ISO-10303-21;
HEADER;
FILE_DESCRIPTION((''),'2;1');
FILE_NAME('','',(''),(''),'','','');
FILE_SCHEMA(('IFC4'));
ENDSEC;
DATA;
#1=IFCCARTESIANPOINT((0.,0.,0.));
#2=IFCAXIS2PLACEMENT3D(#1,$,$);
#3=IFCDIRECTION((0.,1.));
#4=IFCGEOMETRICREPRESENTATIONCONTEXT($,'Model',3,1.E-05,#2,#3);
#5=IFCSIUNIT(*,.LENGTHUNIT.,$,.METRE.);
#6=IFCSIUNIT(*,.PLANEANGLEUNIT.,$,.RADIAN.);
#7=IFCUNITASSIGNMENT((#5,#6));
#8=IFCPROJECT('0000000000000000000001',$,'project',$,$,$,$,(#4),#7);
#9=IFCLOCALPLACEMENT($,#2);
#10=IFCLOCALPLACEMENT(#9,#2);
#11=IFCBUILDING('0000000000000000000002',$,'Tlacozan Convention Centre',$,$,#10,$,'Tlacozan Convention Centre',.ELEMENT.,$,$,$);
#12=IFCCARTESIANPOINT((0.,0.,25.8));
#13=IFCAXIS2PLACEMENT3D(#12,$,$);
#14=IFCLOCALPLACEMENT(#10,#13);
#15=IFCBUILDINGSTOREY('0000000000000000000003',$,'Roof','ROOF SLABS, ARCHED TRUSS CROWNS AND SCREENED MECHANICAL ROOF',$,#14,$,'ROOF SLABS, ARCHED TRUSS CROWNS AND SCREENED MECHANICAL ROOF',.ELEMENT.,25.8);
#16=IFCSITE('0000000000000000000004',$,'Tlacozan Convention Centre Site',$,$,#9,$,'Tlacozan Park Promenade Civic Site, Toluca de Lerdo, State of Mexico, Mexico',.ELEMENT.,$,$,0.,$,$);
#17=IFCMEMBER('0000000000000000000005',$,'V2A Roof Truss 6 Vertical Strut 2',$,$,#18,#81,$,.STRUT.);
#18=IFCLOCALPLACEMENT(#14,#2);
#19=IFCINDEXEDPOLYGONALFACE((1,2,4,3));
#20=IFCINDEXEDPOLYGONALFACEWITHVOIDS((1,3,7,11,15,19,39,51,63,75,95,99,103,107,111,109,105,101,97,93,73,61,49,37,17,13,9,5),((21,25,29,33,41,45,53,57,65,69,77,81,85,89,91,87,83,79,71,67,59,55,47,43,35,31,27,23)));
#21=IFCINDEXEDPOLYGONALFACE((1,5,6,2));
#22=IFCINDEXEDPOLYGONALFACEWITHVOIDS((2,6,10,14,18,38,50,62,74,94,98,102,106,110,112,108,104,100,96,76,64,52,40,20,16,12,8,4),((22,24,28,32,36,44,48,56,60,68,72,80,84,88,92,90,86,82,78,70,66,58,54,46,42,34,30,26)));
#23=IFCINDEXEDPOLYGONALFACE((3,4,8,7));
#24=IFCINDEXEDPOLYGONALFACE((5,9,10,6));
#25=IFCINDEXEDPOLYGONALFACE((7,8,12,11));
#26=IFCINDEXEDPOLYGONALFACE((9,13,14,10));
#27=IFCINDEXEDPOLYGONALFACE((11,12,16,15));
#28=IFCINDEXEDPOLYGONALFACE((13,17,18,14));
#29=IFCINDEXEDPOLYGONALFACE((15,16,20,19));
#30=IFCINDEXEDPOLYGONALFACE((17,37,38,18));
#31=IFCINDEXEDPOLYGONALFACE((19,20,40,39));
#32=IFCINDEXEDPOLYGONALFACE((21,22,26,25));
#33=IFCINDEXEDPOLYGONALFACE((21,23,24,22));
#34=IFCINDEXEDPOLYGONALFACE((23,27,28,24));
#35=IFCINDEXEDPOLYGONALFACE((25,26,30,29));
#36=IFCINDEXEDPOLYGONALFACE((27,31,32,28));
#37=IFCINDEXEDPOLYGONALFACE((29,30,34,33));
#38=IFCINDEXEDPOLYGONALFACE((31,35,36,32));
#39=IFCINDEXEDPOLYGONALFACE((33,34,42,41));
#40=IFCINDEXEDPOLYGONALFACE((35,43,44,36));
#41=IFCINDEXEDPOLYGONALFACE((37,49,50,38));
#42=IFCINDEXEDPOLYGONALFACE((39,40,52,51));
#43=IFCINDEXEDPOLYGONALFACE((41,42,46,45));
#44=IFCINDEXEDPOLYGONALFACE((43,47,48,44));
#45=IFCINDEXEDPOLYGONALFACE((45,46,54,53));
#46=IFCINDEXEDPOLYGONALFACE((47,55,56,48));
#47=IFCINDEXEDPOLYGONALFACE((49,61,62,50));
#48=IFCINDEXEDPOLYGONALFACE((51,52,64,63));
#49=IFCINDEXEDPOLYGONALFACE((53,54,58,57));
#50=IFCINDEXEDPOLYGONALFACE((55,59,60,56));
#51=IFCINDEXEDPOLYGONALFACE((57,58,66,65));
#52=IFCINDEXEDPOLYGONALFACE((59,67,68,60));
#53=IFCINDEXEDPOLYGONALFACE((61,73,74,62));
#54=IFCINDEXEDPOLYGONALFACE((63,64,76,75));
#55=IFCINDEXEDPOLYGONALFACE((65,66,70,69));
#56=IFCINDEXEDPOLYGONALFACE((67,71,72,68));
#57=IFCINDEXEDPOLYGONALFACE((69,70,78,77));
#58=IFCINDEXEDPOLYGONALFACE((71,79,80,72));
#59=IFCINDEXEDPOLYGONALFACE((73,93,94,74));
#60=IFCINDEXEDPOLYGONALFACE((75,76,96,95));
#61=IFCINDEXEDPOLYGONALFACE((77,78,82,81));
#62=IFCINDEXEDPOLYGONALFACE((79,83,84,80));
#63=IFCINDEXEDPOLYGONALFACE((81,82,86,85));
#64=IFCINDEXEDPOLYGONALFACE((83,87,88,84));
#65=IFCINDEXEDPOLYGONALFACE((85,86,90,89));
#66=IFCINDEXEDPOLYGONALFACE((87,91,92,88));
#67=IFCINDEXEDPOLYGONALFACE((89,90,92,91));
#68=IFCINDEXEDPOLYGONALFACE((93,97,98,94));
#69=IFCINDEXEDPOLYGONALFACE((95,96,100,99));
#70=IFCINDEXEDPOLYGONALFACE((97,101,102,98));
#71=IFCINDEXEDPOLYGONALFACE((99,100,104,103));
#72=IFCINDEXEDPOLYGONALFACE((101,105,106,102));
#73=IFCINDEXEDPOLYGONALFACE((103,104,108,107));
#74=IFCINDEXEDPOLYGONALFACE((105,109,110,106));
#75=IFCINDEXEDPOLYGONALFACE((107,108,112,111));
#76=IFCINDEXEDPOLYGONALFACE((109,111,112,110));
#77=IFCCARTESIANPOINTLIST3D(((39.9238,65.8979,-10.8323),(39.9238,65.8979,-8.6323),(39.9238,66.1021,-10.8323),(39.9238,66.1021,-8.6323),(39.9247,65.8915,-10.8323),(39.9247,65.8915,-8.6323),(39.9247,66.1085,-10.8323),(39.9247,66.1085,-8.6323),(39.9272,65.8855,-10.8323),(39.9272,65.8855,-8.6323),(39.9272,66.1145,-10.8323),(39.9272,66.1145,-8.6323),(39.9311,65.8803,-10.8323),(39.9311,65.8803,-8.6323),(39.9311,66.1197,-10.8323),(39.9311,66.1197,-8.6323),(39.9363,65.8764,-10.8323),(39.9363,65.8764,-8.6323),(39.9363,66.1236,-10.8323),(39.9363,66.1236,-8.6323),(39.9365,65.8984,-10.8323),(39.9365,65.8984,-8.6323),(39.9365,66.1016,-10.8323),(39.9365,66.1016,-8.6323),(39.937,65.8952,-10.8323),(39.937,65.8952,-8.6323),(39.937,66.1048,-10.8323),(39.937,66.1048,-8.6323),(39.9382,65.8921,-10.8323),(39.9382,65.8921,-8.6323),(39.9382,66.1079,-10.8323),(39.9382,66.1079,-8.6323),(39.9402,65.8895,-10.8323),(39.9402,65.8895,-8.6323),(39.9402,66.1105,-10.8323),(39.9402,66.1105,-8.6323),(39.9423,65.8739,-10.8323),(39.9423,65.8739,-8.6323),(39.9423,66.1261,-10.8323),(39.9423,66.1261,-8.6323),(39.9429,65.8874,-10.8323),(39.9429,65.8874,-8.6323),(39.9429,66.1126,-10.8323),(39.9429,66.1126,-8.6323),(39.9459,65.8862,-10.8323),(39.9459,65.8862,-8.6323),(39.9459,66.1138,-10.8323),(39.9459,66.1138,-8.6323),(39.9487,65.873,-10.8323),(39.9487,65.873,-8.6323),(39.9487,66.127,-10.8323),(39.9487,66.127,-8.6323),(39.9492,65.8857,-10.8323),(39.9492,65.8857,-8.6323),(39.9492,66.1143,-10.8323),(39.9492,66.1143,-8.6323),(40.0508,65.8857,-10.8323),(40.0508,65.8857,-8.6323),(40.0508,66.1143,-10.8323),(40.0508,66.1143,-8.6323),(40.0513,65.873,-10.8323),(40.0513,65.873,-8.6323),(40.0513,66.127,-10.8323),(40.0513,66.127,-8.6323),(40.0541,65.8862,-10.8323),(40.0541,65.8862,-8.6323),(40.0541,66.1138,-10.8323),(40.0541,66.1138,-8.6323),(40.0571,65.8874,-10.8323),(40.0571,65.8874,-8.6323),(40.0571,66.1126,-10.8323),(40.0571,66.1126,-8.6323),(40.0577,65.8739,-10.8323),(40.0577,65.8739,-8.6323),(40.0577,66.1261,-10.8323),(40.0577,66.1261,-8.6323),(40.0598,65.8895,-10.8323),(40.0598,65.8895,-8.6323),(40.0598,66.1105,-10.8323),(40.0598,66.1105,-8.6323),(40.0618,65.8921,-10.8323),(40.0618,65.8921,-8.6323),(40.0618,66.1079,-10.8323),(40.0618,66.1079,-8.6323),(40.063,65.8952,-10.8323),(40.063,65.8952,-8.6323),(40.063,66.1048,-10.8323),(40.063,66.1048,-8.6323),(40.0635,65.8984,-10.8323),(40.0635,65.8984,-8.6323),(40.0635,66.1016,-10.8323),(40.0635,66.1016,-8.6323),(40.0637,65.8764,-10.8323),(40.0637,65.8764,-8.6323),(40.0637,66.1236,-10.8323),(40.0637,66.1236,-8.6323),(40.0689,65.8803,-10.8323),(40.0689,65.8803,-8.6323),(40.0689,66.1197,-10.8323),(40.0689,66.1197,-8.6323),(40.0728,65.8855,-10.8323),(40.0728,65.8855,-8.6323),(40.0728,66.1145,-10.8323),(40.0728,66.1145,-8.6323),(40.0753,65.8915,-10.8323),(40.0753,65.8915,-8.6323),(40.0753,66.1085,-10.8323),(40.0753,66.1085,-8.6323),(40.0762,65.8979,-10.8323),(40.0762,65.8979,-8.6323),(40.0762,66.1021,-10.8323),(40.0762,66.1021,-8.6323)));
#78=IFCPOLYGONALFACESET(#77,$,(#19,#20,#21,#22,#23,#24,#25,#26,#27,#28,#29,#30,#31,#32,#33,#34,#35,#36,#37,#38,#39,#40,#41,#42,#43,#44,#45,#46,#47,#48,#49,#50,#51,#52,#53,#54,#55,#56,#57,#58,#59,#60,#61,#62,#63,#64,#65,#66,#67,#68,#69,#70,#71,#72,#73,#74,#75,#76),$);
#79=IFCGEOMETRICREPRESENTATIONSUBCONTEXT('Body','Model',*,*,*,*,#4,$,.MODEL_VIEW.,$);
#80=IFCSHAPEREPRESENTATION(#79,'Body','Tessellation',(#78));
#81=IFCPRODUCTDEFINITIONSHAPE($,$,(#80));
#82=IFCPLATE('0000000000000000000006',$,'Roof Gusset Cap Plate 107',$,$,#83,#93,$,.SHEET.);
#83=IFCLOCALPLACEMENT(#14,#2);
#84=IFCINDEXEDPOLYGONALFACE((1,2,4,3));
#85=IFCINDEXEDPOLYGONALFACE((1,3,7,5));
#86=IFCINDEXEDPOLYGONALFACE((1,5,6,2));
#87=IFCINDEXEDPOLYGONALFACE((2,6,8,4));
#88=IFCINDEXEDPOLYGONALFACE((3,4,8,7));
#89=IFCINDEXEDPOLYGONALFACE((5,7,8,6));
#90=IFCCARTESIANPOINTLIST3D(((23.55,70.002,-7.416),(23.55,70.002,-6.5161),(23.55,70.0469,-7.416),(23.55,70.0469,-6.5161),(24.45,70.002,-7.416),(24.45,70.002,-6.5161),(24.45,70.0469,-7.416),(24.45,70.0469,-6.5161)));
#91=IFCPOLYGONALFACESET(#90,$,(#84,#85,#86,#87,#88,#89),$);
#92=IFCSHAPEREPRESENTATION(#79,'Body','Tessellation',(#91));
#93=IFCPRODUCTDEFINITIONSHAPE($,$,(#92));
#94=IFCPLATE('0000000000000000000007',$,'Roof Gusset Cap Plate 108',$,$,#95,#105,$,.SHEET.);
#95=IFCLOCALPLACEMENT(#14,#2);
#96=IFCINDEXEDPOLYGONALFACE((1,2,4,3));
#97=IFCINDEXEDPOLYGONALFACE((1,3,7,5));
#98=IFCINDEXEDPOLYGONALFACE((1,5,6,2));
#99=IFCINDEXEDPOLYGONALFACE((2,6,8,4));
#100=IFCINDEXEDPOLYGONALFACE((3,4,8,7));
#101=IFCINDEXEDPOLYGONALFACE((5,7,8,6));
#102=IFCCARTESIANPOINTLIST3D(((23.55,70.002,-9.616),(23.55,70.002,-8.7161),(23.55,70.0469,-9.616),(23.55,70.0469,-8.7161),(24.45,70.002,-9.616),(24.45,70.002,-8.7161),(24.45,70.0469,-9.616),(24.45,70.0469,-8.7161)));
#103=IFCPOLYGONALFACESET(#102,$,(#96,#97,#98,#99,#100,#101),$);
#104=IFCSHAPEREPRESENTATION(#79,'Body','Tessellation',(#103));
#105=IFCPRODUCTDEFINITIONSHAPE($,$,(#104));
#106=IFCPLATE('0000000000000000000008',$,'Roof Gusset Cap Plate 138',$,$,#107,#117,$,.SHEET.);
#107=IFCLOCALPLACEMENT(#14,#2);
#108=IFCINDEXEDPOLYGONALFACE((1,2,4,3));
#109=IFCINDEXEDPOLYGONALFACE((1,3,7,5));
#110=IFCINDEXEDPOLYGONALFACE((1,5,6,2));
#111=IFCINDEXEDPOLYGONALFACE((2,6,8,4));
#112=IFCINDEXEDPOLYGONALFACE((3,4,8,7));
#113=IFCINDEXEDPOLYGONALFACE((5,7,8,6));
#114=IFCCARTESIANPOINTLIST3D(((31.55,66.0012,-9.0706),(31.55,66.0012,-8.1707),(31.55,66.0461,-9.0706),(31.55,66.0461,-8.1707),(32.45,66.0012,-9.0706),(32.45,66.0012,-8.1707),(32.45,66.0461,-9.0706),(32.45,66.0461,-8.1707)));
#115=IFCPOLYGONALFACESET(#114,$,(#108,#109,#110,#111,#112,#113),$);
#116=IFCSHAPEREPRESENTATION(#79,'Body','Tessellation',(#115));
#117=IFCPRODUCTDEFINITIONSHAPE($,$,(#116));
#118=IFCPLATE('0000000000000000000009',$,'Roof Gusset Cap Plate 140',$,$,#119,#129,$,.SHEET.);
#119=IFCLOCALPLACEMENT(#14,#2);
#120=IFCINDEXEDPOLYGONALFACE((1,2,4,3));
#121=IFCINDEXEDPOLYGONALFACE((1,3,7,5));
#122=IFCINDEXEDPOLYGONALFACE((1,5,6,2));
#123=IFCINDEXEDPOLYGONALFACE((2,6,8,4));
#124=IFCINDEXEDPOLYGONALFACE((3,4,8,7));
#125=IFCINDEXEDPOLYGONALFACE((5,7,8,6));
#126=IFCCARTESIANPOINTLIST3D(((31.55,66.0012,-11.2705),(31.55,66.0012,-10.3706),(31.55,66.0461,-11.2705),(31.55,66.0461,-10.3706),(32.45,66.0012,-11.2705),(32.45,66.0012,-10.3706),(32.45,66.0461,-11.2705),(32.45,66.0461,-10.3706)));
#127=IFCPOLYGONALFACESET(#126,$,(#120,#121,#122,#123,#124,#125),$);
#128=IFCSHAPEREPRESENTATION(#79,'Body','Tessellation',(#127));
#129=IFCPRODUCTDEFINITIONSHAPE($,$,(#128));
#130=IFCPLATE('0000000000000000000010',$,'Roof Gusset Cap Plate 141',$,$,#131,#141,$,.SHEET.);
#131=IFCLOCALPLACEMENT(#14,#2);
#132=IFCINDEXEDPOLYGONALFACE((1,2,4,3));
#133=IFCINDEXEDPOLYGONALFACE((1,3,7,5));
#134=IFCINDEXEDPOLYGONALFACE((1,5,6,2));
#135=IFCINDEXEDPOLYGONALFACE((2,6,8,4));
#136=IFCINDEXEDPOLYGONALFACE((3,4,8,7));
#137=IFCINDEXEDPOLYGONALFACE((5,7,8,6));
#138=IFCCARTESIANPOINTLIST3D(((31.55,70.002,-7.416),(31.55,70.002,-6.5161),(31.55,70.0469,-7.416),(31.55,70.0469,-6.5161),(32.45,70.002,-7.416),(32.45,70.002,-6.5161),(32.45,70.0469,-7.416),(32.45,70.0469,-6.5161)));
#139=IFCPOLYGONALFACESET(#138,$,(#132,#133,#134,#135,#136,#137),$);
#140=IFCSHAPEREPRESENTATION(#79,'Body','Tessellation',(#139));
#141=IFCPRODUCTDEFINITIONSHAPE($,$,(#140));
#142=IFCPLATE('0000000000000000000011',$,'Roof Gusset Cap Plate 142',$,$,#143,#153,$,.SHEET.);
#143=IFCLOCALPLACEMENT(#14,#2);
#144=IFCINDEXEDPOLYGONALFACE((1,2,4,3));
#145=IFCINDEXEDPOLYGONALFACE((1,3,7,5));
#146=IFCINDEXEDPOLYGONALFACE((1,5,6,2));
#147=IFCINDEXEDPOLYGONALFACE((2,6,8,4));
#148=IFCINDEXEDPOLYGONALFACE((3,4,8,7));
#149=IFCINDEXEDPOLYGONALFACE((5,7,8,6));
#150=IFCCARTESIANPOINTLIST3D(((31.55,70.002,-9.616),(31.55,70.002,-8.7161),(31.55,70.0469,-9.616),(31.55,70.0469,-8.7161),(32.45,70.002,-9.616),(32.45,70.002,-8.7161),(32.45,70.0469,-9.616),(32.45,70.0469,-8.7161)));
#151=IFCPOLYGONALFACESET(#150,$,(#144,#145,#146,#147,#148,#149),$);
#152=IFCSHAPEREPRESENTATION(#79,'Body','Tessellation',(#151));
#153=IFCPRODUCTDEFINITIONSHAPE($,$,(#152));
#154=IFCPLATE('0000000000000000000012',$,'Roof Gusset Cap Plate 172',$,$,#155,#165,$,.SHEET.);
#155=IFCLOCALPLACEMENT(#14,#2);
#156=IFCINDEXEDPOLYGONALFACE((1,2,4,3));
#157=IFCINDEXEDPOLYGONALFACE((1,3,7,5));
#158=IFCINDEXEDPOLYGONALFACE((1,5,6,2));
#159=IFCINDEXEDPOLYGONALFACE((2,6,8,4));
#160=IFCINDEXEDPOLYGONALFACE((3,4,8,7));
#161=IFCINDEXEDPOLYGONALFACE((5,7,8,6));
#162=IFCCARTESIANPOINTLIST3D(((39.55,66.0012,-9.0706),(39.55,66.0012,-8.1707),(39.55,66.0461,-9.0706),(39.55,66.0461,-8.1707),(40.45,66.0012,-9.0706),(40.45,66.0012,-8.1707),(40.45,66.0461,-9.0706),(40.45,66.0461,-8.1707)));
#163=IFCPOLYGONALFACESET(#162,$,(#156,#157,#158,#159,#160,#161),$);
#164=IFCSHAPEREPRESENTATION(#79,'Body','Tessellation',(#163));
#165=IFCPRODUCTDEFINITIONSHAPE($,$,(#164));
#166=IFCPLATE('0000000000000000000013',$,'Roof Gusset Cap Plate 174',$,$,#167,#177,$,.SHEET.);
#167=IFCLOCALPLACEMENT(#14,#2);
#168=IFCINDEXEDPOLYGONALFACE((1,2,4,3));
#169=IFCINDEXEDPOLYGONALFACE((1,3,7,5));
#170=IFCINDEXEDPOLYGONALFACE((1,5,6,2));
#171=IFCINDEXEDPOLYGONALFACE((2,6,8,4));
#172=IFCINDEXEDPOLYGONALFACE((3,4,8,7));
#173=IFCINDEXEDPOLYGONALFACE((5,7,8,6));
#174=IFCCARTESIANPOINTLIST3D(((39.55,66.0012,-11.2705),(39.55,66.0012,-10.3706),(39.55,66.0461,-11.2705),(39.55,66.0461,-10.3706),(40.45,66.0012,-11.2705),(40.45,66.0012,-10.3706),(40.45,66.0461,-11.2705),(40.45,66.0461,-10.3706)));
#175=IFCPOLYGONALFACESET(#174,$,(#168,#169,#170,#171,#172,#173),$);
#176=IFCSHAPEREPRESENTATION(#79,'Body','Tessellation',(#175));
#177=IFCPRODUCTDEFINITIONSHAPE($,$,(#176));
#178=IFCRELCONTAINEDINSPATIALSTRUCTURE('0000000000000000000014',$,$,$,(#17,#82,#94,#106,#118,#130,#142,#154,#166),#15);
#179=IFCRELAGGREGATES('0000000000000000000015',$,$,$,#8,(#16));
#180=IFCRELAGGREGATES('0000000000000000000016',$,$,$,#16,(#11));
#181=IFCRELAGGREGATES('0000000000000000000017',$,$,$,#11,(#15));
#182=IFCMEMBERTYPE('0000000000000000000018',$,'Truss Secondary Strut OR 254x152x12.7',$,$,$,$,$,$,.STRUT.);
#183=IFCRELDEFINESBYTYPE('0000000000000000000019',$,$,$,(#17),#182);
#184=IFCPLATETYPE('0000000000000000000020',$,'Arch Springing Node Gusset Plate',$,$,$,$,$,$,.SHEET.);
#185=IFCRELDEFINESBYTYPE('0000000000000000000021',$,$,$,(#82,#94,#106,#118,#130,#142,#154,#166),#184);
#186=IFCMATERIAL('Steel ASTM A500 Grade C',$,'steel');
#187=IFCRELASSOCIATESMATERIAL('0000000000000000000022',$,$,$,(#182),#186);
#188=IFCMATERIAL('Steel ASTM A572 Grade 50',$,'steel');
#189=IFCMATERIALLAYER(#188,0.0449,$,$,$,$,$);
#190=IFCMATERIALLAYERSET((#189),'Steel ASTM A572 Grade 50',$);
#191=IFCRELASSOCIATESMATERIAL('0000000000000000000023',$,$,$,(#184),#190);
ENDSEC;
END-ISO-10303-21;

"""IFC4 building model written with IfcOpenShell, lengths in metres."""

from ifc_helpers import new_model, si_unit, direction, frame, origin, origin_2d, place, context, subcontext, project, spatial, rectangle, hollow_rectangle, extrude, material, layer, layer_set, material_profile, profile_set, type_object, element, save


model = new_model("IFC4")

# Units and contexts
model_context = context("Model", 3, precision=1e-05, world=origin(), true_north=direction((0.0, 1.0)))
body_context = subcontext(model_context, "Body", "Model", "MODEL_VIEW")
ifc_project = project(units=[si_unit("LENGTHUNIT", "METRE"), si_unit("PLANEANGLEUNIT", "RADIAN")], contexts=[model_context])

# Site, building, storey
site_placement = place(None, origin())
site = spatial("IfcSite", under=ifc_project, at=site_placement, Name="Tlacozan Convention Centre Site", LongName="Tlacozan Park Promenade Civic Site, Toluca de Lerdo, State of Mexico, Mexico", CompositionType="ELEMENT", RefElevation=0.0)
building_placement = place(site_placement, origin())
building = spatial("IfcBuilding", under=site, at=building_placement, Name="Tlacozan Convention Centre", LongName="Tlacozan Convention Centre", CompositionType="ELEMENT")
storey_placement = place(building_placement, frame((0.0, 0.0, 25.8)))
storey = spatial("IfcBuildingStorey", under=building, at=storey_placement, Name="Roof", Description="ROOF SLABS, ARCHED TRUSS CROWNS AND SCREENED MECHANICAL ROOF", LongName="ROOF SLABS, ARCHED TRUSS CROWNS AND SCREENED MECHANICAL ROOF", CompositionType="ELEMENT", Elevation=25.8)

# Member
ifc_material_1 = material(Name="Steel ASTM A500 Grade C", Category="steel")
ifc_material_profile_1 = material_profile(ifc_material_1, hollow_rectangle(XDim=0.1523, YDim=0.2539, WallThickness=0.0127, InnerFilletRadius=0.0127, OuterFilletRadius=0.0249, at=origin_2d()), Name="OR 254x152x12.7")
ifc_profile_set_1 = profile_set([ifc_material_profile_1], Name="Steel ASTM A500 Grade C")
member_type_1 = type_object("IfcMemberType", Name="Truss Secondary Strut OR 254x152x12.7", PredefinedType="STRUT", material=ifc_profile_set_1)
member_1_placement = place(storey_placement, frame((40.0, 66.0, -10.8323), z_axis=(0.0, 0.0, 1.0), x_axis=(1.0, 0.0, 0.0)))
element("IfcMember", 1, at=member_1_placement, inside=storey, type_object=member_type_1, Name="V2A Roof Truss 6 Vertical Strut 2", PredefinedType="STRUT", context=body_context, shape_type="SweptSolid", body=[
    extrude(hollow_rectangle(XDim=0.1523, YDim=0.2539, WallThickness=0.0127, InnerFilletRadius=0.0127, OuterFilletRadius=0.0249, at=origin_2d()), origin(), (0.0, 0.0, 1.0), 2.2),
])

# Plates
ifc_material_2 = material(Name="Steel ASTM A572 Grade 50", Category="steel")
ifc_layer = layer(ifc_material_2, 0.0449)
ifc_layer_set = layer_set([ifc_layer], Name="Steel ASTM A572 Grade 50")
plate_type = type_object("IfcPlateType", Name="Arch Springing Node Gusset Plate", PredefinedType="SHEET", material=ifc_layer_set)
for number, where, z_axis, x_axis, name in (
    (2, (24.0, 70.0244, -7.416), (0.0, 0.0, 1.0), (0.0, 1.0, 0.0), "Roof Gusset Cap Plate 107"),
    (3, (24.0, 70.0244, -9.616), (0.0, 0.0, 1.0), (0.0, 1.0, 0.0), "Roof Gusset Cap Plate 108"),
    (4, (32.0, 66.0237, -9.0706), (0.0, 0.0, 1.0), (0.0, 1.0, 0.0), "Roof Gusset Cap Plate 138"),
    (5, (32.0, 66.0237, -11.2705), (0.0, 0.0, 1.0), (0.0, 1.0, 0.0), "Roof Gusset Cap Plate 140"),
    (6, (32.0, 70.0244, -7.416), (0.0, 0.0, 1.0), (0.0, 1.0, 0.0), "Roof Gusset Cap Plate 141"),
    (7, (32.0, 70.0244, -9.616), (0.0, 0.0, 1.0), (0.0, 1.0, 0.0), "Roof Gusset Cap Plate 142"),
    (8, (40.0, 66.0237, -9.0706), (0.0, 0.0, 1.0), (0.0, 1.0, 0.0), "Roof Gusset Cap Plate 172"),
    (9, (40.0, 66.0237, -11.2705), (0.0, 0.0, 1.0), (0.0, 1.0, 0.0), "Roof Gusset Cap Plate 174"),
):
    element("IfcPlate", number, at=place(storey_placement, frame(where, z_axis=z_axis, x_axis=x_axis)), inside=storey, type_object=plate_type, Name=name, PredefinedType="SHEET", context=body_context, shape_type="SweptSolid", body=[
        extrude(rectangle(XDim=0.0449, YDim=0.8999, at=origin_2d()), origin(), (0.0, 0.0, 1.0), 0.8999),
    ])

save(model, "model.ifc")
